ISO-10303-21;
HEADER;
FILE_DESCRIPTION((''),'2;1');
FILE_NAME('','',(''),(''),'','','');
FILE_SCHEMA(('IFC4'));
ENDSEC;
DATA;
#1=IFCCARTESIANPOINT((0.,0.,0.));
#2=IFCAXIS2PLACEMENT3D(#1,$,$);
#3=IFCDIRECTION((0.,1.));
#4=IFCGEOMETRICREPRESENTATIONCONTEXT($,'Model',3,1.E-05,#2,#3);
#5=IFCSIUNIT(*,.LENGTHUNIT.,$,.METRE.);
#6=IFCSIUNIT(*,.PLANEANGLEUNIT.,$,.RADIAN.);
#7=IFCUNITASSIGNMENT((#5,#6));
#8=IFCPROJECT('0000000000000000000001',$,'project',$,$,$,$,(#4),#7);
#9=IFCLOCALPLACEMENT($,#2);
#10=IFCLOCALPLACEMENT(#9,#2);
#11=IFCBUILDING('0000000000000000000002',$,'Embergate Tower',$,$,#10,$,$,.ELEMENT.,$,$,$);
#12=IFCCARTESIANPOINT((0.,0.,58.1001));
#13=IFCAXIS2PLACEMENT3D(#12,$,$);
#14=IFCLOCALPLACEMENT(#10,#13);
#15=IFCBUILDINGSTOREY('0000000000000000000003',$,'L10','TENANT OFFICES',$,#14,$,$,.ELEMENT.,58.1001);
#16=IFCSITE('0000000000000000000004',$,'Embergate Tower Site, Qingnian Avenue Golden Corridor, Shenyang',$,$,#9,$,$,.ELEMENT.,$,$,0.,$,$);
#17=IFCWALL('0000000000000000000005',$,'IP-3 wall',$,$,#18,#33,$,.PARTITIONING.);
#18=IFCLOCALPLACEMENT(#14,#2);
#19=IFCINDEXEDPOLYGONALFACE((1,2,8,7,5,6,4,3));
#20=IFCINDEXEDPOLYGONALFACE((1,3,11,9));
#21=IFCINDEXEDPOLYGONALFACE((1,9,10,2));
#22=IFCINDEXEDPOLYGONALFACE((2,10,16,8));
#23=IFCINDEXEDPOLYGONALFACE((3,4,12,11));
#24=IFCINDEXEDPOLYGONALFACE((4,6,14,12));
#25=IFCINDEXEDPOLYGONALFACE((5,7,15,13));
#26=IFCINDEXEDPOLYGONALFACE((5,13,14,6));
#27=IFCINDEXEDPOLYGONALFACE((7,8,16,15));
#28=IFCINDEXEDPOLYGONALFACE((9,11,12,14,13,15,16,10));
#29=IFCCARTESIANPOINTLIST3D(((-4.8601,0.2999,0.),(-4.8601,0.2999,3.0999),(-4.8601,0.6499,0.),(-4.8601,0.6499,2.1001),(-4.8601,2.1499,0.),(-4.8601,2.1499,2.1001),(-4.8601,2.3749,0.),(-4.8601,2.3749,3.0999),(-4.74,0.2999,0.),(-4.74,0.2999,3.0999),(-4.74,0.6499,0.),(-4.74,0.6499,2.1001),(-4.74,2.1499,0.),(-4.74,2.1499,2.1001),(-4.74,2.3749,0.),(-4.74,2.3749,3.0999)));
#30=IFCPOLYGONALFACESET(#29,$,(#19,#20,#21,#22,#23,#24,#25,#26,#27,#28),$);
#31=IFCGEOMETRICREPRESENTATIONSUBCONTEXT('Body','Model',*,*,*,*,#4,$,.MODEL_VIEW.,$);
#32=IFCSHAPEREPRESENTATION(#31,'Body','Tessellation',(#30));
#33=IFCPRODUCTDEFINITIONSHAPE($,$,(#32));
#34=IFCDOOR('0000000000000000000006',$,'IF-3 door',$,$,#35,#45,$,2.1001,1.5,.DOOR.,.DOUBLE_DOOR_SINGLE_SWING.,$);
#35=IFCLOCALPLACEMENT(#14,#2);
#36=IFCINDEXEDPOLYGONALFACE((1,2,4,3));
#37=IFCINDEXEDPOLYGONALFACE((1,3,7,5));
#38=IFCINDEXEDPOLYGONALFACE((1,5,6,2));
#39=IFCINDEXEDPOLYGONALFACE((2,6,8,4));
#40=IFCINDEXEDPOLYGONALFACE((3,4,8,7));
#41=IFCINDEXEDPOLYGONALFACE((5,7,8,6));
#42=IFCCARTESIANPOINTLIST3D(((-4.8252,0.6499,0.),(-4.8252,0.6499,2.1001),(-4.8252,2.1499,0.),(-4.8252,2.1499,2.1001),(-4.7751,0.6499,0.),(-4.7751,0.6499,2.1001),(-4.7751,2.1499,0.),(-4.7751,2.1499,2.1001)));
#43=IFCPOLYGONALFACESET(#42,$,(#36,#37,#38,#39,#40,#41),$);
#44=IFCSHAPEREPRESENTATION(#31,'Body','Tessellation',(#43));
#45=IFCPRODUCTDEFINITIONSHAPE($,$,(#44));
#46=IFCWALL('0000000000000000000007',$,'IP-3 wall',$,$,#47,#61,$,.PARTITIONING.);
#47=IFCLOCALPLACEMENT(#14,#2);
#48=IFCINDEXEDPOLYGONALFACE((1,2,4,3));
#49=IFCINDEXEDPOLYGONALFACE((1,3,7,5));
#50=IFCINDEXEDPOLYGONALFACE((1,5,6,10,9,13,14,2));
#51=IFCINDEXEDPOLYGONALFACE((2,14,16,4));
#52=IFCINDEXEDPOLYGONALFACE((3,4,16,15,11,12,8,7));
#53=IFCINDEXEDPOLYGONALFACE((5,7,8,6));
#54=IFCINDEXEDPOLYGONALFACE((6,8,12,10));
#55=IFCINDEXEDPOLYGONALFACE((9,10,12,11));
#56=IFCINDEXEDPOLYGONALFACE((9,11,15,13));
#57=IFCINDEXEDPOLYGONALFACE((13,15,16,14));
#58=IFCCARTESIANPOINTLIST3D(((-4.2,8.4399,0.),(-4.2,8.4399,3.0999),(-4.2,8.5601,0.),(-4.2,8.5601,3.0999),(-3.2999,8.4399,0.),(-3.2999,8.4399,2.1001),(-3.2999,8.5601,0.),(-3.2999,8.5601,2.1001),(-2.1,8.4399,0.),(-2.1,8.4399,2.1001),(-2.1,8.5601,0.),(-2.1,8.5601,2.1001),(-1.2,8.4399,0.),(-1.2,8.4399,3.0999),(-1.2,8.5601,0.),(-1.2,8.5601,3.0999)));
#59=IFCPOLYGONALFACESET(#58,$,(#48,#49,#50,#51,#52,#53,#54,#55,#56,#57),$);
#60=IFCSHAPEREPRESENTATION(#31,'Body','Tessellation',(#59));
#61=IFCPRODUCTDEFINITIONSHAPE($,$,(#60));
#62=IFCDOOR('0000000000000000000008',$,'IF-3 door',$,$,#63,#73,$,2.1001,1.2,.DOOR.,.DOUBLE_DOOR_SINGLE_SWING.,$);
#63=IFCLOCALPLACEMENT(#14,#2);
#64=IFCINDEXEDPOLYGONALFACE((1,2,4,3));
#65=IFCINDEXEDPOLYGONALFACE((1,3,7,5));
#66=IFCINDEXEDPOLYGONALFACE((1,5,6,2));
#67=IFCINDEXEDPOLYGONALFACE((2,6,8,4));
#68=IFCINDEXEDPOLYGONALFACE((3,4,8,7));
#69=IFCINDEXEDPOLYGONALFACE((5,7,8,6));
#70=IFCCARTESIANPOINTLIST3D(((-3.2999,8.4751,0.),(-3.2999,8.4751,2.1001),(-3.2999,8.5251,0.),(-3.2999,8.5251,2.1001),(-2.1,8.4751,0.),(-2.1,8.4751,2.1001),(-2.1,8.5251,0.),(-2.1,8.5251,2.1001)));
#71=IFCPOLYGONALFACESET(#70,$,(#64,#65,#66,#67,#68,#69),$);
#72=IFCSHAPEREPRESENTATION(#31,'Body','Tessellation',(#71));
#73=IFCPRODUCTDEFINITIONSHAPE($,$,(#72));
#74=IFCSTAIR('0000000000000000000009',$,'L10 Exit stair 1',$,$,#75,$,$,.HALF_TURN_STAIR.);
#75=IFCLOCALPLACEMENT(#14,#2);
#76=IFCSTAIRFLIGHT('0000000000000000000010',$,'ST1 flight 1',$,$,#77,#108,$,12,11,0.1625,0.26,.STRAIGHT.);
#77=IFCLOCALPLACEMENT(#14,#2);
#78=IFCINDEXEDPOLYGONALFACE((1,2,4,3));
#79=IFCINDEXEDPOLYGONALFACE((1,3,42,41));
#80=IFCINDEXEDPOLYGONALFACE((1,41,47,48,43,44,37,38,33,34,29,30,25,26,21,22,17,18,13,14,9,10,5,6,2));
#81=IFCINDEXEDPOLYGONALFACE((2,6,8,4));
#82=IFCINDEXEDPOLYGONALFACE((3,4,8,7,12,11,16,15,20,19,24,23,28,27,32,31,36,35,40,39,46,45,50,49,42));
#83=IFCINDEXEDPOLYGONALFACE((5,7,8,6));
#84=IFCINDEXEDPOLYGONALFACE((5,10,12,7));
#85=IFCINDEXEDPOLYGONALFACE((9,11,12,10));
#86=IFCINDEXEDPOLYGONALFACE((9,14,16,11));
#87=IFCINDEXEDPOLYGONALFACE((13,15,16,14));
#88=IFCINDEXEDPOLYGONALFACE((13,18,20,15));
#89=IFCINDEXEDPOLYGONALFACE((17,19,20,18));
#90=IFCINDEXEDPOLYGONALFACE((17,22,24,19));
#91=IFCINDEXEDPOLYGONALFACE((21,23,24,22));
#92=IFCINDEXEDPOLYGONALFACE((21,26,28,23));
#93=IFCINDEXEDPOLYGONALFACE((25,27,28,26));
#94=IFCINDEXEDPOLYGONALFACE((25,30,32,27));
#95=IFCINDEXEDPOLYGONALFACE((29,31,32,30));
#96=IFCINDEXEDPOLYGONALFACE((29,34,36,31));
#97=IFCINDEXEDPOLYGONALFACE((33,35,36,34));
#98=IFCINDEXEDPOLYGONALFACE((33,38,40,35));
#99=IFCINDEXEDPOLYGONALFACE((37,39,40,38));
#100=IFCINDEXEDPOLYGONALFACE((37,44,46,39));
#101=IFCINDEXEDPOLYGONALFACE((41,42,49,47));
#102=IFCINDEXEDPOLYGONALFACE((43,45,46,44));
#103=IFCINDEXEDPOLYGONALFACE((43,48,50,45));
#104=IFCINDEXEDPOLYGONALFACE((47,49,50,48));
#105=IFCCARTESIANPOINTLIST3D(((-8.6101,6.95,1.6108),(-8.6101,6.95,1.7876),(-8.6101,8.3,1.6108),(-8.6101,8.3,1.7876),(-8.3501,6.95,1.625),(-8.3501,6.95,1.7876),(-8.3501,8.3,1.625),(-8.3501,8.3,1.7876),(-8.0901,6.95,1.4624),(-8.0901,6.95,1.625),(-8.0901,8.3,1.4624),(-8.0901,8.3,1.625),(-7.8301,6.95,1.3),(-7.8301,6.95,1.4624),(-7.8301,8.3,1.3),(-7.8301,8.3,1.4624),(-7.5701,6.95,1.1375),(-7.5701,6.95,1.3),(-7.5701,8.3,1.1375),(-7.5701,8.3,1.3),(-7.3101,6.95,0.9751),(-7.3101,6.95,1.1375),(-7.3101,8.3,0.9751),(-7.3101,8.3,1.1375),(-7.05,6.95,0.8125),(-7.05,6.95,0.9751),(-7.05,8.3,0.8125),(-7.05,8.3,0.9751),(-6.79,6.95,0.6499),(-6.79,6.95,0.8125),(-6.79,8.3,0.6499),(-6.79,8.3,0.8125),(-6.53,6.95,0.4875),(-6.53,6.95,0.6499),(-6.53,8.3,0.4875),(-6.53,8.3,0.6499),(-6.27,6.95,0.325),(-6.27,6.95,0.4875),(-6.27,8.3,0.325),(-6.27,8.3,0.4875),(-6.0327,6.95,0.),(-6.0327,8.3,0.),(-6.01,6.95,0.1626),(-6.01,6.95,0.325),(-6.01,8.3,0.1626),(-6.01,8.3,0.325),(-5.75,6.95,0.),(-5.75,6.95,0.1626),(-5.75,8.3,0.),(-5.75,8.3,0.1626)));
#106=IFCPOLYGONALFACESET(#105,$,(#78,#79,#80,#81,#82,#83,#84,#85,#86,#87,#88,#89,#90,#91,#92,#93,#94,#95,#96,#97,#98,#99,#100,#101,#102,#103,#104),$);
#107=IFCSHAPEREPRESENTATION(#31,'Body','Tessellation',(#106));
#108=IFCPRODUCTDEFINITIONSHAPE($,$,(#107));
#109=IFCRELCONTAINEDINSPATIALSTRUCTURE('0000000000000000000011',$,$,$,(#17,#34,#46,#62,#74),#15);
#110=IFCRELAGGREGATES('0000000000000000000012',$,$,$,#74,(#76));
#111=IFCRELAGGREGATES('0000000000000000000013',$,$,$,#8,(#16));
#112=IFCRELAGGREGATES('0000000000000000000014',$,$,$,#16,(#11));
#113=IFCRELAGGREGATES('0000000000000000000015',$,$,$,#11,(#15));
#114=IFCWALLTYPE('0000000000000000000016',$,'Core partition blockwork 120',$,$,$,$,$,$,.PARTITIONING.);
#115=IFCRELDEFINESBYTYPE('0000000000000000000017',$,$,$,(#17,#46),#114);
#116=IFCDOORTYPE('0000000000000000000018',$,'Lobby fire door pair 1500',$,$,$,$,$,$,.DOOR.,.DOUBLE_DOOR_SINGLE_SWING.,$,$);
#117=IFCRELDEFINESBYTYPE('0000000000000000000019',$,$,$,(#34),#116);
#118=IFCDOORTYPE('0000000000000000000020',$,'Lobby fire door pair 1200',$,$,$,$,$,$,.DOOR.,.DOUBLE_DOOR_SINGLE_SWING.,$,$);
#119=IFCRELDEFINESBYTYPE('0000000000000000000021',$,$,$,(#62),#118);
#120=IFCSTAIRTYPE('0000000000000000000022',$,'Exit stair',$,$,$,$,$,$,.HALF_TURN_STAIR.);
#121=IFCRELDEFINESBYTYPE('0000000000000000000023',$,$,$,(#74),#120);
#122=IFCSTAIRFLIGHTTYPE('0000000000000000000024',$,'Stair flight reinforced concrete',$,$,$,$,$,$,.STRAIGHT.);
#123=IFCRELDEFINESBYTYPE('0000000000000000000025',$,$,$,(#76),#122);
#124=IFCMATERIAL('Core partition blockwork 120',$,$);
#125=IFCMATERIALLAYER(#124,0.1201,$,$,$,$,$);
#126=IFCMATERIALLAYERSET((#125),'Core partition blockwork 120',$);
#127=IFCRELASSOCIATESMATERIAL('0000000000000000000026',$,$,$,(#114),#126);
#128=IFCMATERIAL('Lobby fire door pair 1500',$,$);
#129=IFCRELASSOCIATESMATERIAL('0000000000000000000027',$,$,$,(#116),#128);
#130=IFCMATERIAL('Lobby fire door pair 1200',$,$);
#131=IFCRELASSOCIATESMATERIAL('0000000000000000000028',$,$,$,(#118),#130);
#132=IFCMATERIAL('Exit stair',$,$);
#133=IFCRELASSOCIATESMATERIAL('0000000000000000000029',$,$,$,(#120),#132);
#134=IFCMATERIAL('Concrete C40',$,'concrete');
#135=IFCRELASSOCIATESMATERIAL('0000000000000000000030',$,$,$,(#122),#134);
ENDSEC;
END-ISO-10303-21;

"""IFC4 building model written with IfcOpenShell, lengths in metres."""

from ifc_helpers import new_model, si_unit, direction, frame, frame_2d, origin, place, context, subcontext, project, spatial, polyline, rectangle, outline, extrude, source, transform, mapped, material, layer, layer_set, type_object, element, fill, aggregate, save


model = new_model("IFC4")

# Units and contexts
model_context = context("Model", 3, precision=1e-05, world=origin(), true_north=direction((0.0, 1.0)))
body_context = subcontext(model_context, "Body", "Model", "MODEL_VIEW")
ifc_project = project(units=[si_unit("LENGTHUNIT", "METRE"), si_unit("PLANEANGLEUNIT", "RADIAN")], contexts=[model_context])

# Site, building, storey
site_placement = place(None, origin())
site = spatial("IfcSite", under=ifc_project, at=site_placement, Name="Embergate Tower Site, Qingnian Avenue Golden Corridor, Shenyang", CompositionType="ELEMENT", RefElevation=0.0)
building_placement = place(site_placement, origin())
building = spatial("IfcBuilding", under=site, at=building_placement, Name="Embergate Tower", CompositionType="ELEMENT")
storey_placement = place(building_placement, frame((0.0, 0.0, 58.1001)))
storey = spatial("IfcBuildingStorey", under=building, at=storey_placement, Name="L10", Description="TENANT OFFICES", CompositionType="ELEMENT", Elevation=58.1001)

# Walls, openings, doors
shared_shape_1 = source(origin(), body_context, "Body", "SweptSolid", [
    extrude(rectangle(XDim=1.2, YDim=2.1001, at=frame_2d((0.6001, 1.05))), frame((0.0, 0.0249, 0.0), z_axis=(0.0, -1.0, 0.0), x_axis=(1.0, 0.0, 0.0)), (0.0, 0.0, 1.0), 0.05),
])
ifc_material_1 = material(Name="Core partition blockwork 120")
ifc_layer_1 = layer(ifc_material_1, 0.1201)
ifc_layer_set_1 = layer_set([ifc_layer_1], Name="Core partition blockwork 120")
wall_type_1 = type_object("IfcWallType", Name="Core partition blockwork 120", PredefinedType="PARTITIONING", material=ifc_layer_set_1)
shared_shape_2 = source(origin(), body_context, "Body", "SweptSolid", [
    extrude(rectangle(XDim=1.5, YDim=2.1001, at=frame_2d((0.75, 1.05))), frame((0.0, 0.0701, 0.0), z_axis=(0.0, -1.0, 0.0), x_axis=(1.0, 0.0, 0.0)), (0.0, 0.0, 1.0), 0.1401),
])
ifc_material_2 = material(Name="Lobby fire door pair 1500")
door_type_1 = type_object("IfcDoorType", Name="Lobby fire door pair 1500", OperationType="DOUBLE_DOOR_SINGLE_SWING", PredefinedType="DOOR", material=ifc_material_2)
shared_shape_3 = source(origin(), body_context, "Body", "SweptSolid", [
    extrude(rectangle(XDim=1.5, YDim=2.1001, at=frame_2d((0.75, 1.05))), frame((0.0, 0.0249, 0.0), z_axis=(0.0, -1.0, 0.0), x_axis=(1.0, 0.0, 0.0)), (0.0, 0.0, 1.0), 0.05),
])
shared_shape_4 = source(origin(), body_context, "Body", "SweptSolid", [
    extrude(rectangle(XDim=2.075, YDim=0.1201, at=frame_2d((1.0376, 0.0))), origin(), (0.0, 0.0, 1.0), 3.0999),
])
wall_1_placement = place(storey_placement, frame((-4.8, 2.375, 0.0), z_axis=(0.0, 0.0, 1.0), x_axis=(0.0, -1.0, 0.0)))
wall_1 = element("IfcWall", 1, at=wall_1_placement, inside=storey, type_object=wall_type_1, Name="IP-3 wall", PredefinedType="PARTITIONING", context=body_context, shape_type="MappedRepresentation", body=[
    mapped(shared_shape_4, transform((0.0, 0.0, 0.0))),
])
opening_1_placement = place(wall_1_placement, frame((0.2251, 0.0, 0.0)))
opening_1 = element("IfcOpeningElement", 2, at=opening_1_placement, cuts=wall_1, PredefinedType="OPENING", context=body_context, shape_type="MappedRepresentation", body=[
    mapped(shared_shape_2, transform((0.0, 0.0, 0.0))),
])
door_1_placement = place(opening_1_placement, origin())
door_1 = element("IfcDoor", 3, at=door_1_placement, inside=storey, type_object=door_type_1, Name="IF-3 door", OperationType="DOUBLE_DOOR_SINGLE_SWING", OverallHeight=2.1001, OverallWidth=1.5, PredefinedType="DOOR", context=body_context, shape_type="MappedRepresentation", body=[
    mapped(shared_shape_3, transform((0.0, 0.0, 0.0))),
])
fill(opening_1, door_1)
shared_shape_5 = source(origin(), body_context, "Body", "SweptSolid", [
    extrude(rectangle(XDim=3.0, YDim=0.1201, at=frame_2d((1.5, 0.0))), origin(), (0.0, 0.0, 1.0), 3.0999),
])
wall_2_placement = place(storey_placement, frame((-1.2, 8.5, 0.0), z_axis=(0.0, 0.0, 1.0), x_axis=(-1.0, 0.0, 0.0)))
wall_2 = element("IfcWall", 4, at=wall_2_placement, inside=storey, type_object=wall_type_1, Name="IP-3 wall", PredefinedType="PARTITIONING", context=body_context, shape_type="MappedRepresentation", body=[
    mapped(shared_shape_5, transform((0.0, 0.0, 0.0))),
])
shared_shape_6 = source(origin(), body_context, "Body", "SweptSolid", [
    extrude(rectangle(XDim=1.2, YDim=2.1001, at=frame_2d((0.6001, 1.05))), frame((0.0, 0.0701, 0.0), z_axis=(0.0, -1.0, 0.0), x_axis=(1.0, 0.0, 0.0)), (0.0, 0.0, 1.0), 0.1401),
])
opening_2_placement = place(wall_2_placement, frame((0.8999, 0.0, 0.0)))
opening_2 = element("IfcOpeningElement", 5, at=opening_2_placement, cuts=wall_2, PredefinedType="OPENING", context=body_context, shape_type="MappedRepresentation", body=[
    mapped(shared_shape_6, transform((0.0, 0.0, 0.0))),
])
ifc_material_3 = material(Name="Lobby fire door pair 1200")
door_type_2 = type_object("IfcDoorType", Name="Lobby fire door pair 1200", OperationType="DOUBLE_DOOR_SINGLE_SWING", PredefinedType="DOOR", material=ifc_material_3)
door_2_placement = place(opening_2_placement, origin())
door_2 = element("IfcDoor", 6, at=door_2_placement, inside=storey, type_object=door_type_2, Name="IF-3 door", OperationType="DOUBLE_DOOR_SINGLE_SWING", OverallHeight=2.1001, OverallWidth=1.2, PredefinedType="DOOR", context=body_context, shape_type="MappedRepresentation", body=[
    mapped(shared_shape_1, transform((0.0, 0.0, 0.0))),
])
fill(opening_2, door_2)

# Stair, stair flight
ifc_material_4 = material(Name="Exit stair")
stair_type = type_object("IfcStairType", Name="Exit stair", PredefinedType="HALF_TURN_STAIR", material=ifc_material_4)
stair_placement = place(storey_placement, origin())
stair = element("IfcStair", 7, at=stair_placement, inside=storey, type_object=stair_type, Name="L10 Exit stair 1", PredefinedType="HALF_TURN_STAIR")
ifc_material_5 = material(Name="Concrete C40", Category="concrete")
stair_flight_type = type_object("IfcStairFlightType", Name="Stair flight reinforced concrete", PredefinedType="STRAIGHT", material=ifc_material_5)
shared_shape_7 = source(origin(), body_context, "Body", "SweptSolid", [
    extrude(outline(polyline([(0.0, 0.0), (0.0, 0.1626), (0.26, 0.1626), (0.26, 0.325), (0.52, 0.325), (0.52, 0.4875), (0.78, 0.4875), (0.78, 0.6499), (1.04, 0.6499), (1.04, 0.8125), (1.3, 0.8125), (1.3, 0.9751), (1.5601, 0.9751), (1.5601, 1.1375), (1.8201, 1.1375), (1.8201, 1.3), (2.0801, 1.3), (2.0801, 1.4624), (2.3401, 1.4624), (2.3401, 1.625), (2.6001, 1.625), (2.6001, 1.7876), (2.8601, 1.7876), (2.8601, 1.95), (2.8601, 1.6108), (0.2827, 0.0), (0.0, 0.0)])), frame((0.0, 0.675, 0.0), z_axis=(0.0, -1.0, 0.0), x_axis=(1.0, 0.0, 0.0)), (0.0, 0.0, 1.0), 1.3501),
])
stair_flight_placement = place(storey_placement, frame((-5.75, 7.625, 0.0), z_axis=(0.0, 0.0, 1.0), x_axis=(-1.0, 0.0, 0.0)))
stair_flight = element("IfcStairFlight", 8, at=stair_flight_placement, type_object=stair_flight_type, Name="ST1 flight 1", NumberOfRisers=12, NumberOfTreads=11, PredefinedType="STRAIGHT", RiserHeight=0.1625, TreadLength=0.26, context=body_context, shape_type="MappedRepresentation", body=[
    mapped(shared_shape_7, transform((0.0, 0.0, 0.0))),
])
aggregate(stair, [stair_flight])

save(model, "model.ifc")
